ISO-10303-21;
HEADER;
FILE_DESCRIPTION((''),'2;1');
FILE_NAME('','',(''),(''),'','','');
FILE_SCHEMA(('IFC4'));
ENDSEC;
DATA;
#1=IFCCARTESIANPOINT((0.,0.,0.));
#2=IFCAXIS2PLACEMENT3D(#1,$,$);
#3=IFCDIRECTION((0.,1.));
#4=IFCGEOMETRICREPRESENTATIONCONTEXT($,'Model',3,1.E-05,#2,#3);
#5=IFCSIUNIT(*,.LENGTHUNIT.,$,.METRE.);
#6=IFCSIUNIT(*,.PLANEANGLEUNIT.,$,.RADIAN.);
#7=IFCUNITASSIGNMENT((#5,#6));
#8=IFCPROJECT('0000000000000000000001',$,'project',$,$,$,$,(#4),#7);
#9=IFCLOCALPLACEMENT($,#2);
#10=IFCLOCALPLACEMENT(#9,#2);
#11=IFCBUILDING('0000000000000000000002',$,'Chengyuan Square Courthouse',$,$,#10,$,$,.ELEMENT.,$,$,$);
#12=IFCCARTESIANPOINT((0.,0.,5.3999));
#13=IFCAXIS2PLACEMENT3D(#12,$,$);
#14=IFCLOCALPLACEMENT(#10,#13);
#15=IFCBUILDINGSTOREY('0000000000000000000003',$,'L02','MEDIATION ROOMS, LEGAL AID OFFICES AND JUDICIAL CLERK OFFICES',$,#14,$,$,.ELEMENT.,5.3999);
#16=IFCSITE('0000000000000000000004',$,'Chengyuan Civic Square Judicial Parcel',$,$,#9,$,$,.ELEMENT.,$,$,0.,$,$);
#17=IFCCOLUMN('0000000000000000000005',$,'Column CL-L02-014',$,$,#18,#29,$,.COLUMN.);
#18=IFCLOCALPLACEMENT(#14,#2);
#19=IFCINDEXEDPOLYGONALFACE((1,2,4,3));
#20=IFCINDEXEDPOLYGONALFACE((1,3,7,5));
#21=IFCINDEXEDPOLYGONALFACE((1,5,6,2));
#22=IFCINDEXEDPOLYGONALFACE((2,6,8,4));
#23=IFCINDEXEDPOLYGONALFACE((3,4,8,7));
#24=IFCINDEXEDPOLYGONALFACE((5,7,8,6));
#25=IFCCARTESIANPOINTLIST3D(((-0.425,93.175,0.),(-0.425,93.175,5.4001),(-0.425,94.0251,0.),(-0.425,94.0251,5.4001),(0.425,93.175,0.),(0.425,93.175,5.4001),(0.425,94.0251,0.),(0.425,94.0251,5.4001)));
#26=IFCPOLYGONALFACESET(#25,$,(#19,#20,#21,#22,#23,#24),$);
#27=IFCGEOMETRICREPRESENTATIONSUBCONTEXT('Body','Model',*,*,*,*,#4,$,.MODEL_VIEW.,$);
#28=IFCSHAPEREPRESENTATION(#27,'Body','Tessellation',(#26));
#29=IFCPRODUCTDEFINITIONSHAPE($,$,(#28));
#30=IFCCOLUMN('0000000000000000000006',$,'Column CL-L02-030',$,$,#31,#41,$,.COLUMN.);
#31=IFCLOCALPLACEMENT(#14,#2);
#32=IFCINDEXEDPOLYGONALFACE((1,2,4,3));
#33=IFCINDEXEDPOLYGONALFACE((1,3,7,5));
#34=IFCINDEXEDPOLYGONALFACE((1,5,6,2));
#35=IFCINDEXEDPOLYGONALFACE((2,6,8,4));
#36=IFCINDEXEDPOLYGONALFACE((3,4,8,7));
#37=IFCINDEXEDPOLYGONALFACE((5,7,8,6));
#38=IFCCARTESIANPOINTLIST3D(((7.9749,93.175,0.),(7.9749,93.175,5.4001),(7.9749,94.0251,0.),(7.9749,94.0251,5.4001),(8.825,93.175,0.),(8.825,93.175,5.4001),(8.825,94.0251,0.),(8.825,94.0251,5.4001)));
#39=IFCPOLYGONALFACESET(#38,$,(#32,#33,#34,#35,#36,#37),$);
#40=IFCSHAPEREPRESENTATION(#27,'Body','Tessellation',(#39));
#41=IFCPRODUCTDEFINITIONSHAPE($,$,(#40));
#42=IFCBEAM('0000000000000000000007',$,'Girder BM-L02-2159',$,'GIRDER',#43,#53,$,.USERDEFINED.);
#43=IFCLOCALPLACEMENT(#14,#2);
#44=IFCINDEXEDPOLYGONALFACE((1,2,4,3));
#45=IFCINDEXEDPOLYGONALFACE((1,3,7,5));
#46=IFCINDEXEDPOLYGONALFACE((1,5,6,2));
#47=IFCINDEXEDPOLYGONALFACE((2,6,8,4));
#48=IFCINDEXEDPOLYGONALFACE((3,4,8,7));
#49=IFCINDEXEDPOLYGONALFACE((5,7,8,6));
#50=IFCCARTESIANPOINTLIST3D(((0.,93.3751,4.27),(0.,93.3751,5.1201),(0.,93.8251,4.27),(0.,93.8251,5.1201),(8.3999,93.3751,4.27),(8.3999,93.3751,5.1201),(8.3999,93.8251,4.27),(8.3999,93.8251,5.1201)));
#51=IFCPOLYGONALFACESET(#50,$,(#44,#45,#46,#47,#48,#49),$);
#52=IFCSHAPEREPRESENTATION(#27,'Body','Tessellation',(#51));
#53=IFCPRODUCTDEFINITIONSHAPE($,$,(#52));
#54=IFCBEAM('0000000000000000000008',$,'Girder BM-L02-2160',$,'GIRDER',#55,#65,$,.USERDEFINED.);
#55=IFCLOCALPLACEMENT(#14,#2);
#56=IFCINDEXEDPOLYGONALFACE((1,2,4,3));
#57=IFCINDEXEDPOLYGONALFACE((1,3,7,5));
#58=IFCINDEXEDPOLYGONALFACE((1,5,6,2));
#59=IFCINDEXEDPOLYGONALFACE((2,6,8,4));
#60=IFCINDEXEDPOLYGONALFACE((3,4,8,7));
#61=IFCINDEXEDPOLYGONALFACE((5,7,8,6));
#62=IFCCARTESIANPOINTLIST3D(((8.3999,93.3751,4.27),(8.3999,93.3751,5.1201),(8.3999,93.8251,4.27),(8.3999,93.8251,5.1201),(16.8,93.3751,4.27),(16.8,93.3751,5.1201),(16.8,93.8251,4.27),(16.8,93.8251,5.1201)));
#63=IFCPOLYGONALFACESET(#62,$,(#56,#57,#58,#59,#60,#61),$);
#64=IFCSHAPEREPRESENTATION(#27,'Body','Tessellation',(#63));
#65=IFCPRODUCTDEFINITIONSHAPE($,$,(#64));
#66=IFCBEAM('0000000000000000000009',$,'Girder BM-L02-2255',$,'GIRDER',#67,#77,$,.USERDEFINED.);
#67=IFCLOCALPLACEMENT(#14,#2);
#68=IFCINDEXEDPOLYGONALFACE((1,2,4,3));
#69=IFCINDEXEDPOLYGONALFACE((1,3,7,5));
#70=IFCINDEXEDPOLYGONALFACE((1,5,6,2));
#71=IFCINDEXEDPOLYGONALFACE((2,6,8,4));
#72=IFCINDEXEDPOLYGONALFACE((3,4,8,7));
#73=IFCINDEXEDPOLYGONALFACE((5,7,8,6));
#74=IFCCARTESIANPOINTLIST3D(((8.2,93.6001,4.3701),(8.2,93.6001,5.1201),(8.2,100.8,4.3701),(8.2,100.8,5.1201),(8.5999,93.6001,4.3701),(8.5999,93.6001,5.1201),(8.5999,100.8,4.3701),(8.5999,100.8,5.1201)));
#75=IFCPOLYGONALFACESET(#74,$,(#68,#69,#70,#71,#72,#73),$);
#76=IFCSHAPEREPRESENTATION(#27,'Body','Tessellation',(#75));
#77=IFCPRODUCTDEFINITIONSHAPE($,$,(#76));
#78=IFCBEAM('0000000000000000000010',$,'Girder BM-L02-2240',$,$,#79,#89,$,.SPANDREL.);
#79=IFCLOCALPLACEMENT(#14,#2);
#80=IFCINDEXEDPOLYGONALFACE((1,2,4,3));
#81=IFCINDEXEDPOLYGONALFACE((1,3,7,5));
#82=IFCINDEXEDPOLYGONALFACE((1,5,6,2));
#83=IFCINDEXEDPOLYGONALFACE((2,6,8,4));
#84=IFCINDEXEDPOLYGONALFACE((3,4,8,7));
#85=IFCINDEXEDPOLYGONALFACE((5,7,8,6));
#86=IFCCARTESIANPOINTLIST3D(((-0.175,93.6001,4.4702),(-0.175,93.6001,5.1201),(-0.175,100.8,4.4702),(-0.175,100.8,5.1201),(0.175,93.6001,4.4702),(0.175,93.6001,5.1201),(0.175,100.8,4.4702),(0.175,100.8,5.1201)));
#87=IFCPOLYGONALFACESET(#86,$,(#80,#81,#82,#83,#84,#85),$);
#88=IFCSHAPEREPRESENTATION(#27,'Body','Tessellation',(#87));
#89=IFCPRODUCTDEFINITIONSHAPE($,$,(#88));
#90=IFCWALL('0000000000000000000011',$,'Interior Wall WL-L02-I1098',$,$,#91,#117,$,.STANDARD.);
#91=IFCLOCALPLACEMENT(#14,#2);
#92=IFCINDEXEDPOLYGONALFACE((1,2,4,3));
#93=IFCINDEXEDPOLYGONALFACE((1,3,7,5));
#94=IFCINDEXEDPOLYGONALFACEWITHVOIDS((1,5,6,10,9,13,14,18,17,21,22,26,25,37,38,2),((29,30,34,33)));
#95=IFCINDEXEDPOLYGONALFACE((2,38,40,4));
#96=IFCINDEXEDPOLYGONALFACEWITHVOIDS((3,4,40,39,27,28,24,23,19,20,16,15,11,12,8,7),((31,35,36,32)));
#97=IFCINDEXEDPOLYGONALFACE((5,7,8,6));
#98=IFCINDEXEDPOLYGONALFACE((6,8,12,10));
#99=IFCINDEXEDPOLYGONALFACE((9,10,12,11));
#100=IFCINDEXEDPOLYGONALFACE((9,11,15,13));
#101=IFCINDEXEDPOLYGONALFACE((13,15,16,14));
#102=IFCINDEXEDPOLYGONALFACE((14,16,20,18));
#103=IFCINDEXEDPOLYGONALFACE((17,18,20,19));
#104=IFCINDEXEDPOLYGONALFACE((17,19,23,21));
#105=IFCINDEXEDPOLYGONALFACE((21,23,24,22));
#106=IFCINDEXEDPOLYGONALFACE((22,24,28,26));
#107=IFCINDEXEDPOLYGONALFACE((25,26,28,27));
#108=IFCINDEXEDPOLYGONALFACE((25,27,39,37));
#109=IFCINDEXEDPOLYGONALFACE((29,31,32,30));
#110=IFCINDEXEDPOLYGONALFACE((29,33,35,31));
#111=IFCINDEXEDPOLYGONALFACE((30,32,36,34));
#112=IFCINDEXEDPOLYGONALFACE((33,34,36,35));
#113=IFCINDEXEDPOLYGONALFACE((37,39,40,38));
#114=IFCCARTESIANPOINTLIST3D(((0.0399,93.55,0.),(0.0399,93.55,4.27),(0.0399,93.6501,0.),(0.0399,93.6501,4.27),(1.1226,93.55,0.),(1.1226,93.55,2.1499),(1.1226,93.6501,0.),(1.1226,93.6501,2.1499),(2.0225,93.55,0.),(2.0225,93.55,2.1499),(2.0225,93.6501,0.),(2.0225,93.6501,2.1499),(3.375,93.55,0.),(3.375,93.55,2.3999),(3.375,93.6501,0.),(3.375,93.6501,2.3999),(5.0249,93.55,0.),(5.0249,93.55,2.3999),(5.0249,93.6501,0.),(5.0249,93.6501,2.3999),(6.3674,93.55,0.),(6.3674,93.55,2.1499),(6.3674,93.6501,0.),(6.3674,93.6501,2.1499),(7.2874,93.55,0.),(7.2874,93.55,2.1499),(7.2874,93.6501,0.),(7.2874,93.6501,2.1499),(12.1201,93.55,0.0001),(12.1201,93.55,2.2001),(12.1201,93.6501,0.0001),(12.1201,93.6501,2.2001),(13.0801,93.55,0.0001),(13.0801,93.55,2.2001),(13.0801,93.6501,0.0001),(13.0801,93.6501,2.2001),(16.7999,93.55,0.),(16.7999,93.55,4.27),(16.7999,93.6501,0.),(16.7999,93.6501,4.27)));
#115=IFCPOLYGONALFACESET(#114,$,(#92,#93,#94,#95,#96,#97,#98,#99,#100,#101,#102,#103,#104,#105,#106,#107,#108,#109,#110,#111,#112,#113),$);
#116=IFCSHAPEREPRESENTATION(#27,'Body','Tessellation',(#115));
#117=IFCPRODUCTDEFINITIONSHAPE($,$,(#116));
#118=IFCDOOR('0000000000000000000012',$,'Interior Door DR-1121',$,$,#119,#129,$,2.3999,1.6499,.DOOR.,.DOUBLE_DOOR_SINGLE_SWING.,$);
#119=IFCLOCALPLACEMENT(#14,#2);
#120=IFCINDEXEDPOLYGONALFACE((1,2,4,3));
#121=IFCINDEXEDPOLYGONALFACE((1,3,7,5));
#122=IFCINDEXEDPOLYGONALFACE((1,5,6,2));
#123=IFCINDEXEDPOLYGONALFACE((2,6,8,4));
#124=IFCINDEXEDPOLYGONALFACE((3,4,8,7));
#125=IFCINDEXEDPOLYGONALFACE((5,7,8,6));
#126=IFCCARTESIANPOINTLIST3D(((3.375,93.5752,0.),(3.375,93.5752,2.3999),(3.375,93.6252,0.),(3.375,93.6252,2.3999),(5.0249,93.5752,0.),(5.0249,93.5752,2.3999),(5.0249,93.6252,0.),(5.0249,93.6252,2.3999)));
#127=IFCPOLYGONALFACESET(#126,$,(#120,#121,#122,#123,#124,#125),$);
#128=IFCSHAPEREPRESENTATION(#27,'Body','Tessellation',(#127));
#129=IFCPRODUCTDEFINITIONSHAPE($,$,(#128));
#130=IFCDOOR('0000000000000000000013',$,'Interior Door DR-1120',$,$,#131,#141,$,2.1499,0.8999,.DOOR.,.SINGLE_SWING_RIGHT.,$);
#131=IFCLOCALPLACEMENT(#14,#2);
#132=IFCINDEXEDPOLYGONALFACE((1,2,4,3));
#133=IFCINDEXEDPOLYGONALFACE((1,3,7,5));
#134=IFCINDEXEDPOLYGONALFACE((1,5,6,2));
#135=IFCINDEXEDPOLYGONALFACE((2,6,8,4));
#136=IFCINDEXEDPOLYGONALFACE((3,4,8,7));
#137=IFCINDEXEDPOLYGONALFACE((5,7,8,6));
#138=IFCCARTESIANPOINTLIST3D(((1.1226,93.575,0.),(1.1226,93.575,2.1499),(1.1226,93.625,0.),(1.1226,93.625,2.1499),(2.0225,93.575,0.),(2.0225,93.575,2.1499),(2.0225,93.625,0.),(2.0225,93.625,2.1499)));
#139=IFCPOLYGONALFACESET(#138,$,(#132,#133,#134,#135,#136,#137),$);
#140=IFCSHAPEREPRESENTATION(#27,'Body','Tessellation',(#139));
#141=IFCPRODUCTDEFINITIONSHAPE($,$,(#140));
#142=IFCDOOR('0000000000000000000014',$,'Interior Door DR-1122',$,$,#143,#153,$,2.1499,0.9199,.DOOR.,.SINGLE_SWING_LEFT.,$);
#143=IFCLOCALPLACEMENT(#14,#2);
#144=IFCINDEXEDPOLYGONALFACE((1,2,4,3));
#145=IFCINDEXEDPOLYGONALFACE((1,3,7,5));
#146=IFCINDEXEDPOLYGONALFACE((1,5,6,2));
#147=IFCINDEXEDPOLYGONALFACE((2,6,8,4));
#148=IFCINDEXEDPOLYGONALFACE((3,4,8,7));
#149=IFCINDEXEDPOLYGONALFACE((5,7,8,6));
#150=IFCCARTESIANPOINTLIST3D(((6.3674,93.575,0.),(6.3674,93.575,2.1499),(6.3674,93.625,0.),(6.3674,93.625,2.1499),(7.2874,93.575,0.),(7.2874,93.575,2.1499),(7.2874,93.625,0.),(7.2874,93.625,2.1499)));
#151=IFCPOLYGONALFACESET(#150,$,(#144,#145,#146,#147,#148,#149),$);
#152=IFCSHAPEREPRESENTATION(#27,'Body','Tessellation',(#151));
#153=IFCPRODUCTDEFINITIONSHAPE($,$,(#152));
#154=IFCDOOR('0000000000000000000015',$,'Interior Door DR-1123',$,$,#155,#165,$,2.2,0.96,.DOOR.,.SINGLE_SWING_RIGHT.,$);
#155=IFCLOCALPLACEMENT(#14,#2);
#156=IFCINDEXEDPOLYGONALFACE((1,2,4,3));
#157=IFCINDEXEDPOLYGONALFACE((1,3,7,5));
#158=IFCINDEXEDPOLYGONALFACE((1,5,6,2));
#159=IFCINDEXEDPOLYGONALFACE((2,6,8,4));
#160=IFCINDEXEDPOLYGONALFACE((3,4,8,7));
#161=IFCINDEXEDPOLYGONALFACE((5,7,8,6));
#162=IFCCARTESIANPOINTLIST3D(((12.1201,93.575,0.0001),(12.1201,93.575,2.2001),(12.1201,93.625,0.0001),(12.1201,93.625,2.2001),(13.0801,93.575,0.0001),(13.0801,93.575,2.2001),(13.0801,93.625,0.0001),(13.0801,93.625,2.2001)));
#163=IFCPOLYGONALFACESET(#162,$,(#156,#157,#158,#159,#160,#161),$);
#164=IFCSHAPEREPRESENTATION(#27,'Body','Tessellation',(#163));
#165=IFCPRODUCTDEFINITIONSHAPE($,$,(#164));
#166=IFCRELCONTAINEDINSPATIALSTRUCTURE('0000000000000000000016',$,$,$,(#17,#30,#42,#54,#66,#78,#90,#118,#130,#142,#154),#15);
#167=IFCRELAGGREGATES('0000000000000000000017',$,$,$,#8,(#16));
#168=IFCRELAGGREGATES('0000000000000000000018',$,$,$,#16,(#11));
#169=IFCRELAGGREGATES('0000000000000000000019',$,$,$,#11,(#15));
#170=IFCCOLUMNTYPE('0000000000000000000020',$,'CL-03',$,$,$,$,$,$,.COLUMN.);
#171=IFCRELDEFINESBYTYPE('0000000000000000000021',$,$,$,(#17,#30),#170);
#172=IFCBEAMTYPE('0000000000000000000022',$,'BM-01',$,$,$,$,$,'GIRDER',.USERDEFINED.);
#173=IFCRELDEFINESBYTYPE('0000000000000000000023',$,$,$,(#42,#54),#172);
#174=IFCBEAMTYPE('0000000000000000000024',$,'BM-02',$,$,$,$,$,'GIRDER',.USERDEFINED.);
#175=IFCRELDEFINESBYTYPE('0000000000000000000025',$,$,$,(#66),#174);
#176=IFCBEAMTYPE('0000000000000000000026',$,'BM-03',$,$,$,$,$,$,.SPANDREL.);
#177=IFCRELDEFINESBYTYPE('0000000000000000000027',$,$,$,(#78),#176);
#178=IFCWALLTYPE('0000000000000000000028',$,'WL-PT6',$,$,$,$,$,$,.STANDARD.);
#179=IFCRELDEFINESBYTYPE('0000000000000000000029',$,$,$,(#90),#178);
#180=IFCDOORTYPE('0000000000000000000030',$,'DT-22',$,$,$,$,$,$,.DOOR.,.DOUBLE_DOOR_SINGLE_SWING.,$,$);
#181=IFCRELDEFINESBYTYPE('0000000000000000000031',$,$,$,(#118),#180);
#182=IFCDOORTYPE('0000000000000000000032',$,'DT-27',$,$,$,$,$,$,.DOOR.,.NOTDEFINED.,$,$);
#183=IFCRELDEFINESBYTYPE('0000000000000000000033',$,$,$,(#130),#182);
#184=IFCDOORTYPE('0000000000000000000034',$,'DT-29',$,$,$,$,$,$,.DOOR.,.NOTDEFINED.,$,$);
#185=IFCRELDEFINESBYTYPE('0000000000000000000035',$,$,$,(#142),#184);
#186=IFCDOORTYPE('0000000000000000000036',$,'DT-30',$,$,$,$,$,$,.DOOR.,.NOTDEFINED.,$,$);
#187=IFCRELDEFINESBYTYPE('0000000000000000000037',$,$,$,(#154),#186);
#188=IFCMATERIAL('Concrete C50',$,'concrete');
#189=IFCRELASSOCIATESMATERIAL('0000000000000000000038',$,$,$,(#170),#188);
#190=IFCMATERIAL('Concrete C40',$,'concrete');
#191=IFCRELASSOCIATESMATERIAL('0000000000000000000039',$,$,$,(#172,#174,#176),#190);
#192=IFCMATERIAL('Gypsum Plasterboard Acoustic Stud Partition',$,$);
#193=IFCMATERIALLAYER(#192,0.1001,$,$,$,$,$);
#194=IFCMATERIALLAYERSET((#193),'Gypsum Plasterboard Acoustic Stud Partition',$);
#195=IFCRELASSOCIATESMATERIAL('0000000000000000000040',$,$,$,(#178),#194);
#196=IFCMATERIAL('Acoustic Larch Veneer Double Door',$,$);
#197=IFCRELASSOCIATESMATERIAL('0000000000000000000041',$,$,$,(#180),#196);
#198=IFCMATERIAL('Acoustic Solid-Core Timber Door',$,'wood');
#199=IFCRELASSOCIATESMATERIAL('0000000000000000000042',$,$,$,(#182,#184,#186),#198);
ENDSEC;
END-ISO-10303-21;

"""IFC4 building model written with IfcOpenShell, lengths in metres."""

from ifc_helpers import new_model, si_unit, direction, frame, frame_2d, origin, origin_2d, place, context, subcontext, project, spatial, rectangle, extrude, material, layer, layer_set, material_profile, profile_set, type_object, element, fill, save


model = new_model("IFC4")

# Units and contexts
model_context = context("Model", 3, precision=1e-05, world=origin(), true_north=direction((0.0, 1.0)))
body_context = subcontext(model_context, "Body", "Model", "MODEL_VIEW")
ifc_project = project(units=[si_unit("LENGTHUNIT", "METRE"), si_unit("PLANEANGLEUNIT", "RADIAN")], contexts=[model_context])

# Site, building, storey
site_placement = place(None, origin())
site = spatial("IfcSite", under=ifc_project, at=site_placement, Name="Chengyuan Civic Square Judicial Parcel", CompositionType="ELEMENT", RefElevation=0.0)
building_placement = place(site_placement, origin())
building = spatial("IfcBuilding", under=site, at=building_placement, Name="Chengyuan Square Courthouse", CompositionType="ELEMENT")
storey_placement = place(building_placement, frame((0.0, 0.0, 5.3999)))
storey = spatial("IfcBuildingStorey", under=building, at=storey_placement, Name="L02", Description="MEDIATION ROOMS, LEGAL AID OFFICES AND JUDICIAL CLERK OFFICES", CompositionType="ELEMENT", Elevation=5.3999)

# Columns
ifc_material_1 = material(Name="Concrete C50", Category="concrete")
ifc_material_profile_1 = material_profile(ifc_material_1, rectangle(XDim=0.8501, YDim=0.8501, at=origin_2d()), Name="RC-COL-850x850")
ifc_profile_set_1 = profile_set([ifc_material_profile_1], Name="Concrete C50")
column_type = type_object("IfcColumnType", Name="CL-03", PredefinedType="COLUMN", material=ifc_profile_set_1)
for number, where, z_axis, x_axis, name in (
    (1, (0.0, 93.6001, 0.0), (0.0, 0.0, 1.0), (1.0, 0.0, 0.0), "Column CL-L02-014"),
    (2, (8.3999, 93.6001, 0.0), (0.0, 0.0, 1.0), (1.0, 0.0, 0.0), "Column CL-L02-030"),
):
    element("IfcColumn", number, at=place(storey_placement, frame(where, z_axis=z_axis, x_axis=x_axis)), inside=storey, type_object=column_type, Name=name, PredefinedType="COLUMN", context=body_context, shape_type="SweptSolid", body=[
        extrude(rectangle(XDim=0.8501, YDim=0.8501, at=origin_2d()), origin(), (0.0, 0.0, 1.0), 5.4001),
    ])

# Beams
ifc_material_2 = material(Name="Concrete C40", Category="concrete")
ifc_material_profile_2 = material_profile(ifc_material_2, rectangle(XDim=0.45, YDim=0.8501, at=origin_2d()), Name="RC-BM-450x850")
ifc_profile_set_2 = profile_set([ifc_material_profile_2], Name="Concrete C40")
beam_type_1 = type_object("IfcBeamType", Name="BM-01", ElementType="GIRDER", PredefinedType="USERDEFINED", material=ifc_profile_set_2)
beam_1_placement = place(storey_placement, frame((0.0, 93.6001, 4.6951), z_axis=(1.0, 0.0, 0.0), x_axis=(0.0, 1.0, 0.0)))
element("IfcBeam", 3, at=beam_1_placement, inside=storey, type_object=beam_type_1, Name="Girder BM-L02-2159", ObjectType="GIRDER", PredefinedType="USERDEFINED", context=body_context, shape_type="SweptSolid", body=[
    extrude(rectangle(XDim=0.45, YDim=0.8501, at=origin_2d()), origin(), (0.0, 0.0, 1.0), 8.3999),
])
beam_2_placement = place(storey_placement, frame((8.3999, 93.6001, 4.6951), z_axis=(1.0, 0.0, 0.0), x_axis=(0.0, 1.0, 0.0)))
element("IfcBeam", 4, at=beam_2_placement, inside=storey, type_object=beam_type_1, Name="Girder BM-L02-2160", ObjectType="GIRDER", PredefinedType="USERDEFINED", context=body_context, shape_type="SweptSolid", body=[
    extrude(rectangle(XDim=0.45, YDim=0.8501, at=origin_2d()), origin(), (0.0, 0.0, 1.0), 8.4001),
])
ifc_material_profile_3 = material_profile(ifc_material_2, rectangle(XDim=0.3999, YDim=0.75, at=origin_2d()), Name="RC-BM-400x750")
ifc_profile_set_3 = profile_set([ifc_material_profile_3], Name="Concrete C40")
beam_type_2 = type_object("IfcBeamType", Name="BM-02", ElementType="GIRDER", PredefinedType="USERDEFINED", material=ifc_profile_set_3)
beam_3_placement = place(storey_placement, frame((8.3999, 93.6001, 4.7451), z_axis=(0.0, 1.0, 0.0), x_axis=(-1.0, 0.0, 0.0)))
element("IfcBeam", 5, at=beam_3_placement, inside=storey, type_object=beam_type_2, Name="Girder BM-L02-2255", ObjectType="GIRDER", PredefinedType="USERDEFINED", context=body_context, shape_type="SweptSolid", body=[
    extrude(rectangle(XDim=0.3999, YDim=0.75, at=origin_2d()), origin(), (0.0, 0.0, 1.0), 7.2),
])
ifc_material_profile_4 = material_profile(ifc_material_2, rectangle(XDim=0.3501, YDim=0.6499, at=origin_2d()), Name="RC-BM-350x650")
ifc_profile_set_4 = profile_set([ifc_material_profile_4], Name="Concrete C40")
beam_type_3 = type_object("IfcBeamType", Name="BM-03", PredefinedType="SPANDREL", material=ifc_profile_set_4)
beam_4_placement = place(storey_placement, frame((0.0, 93.6001, 4.7952), z_axis=(0.0, 1.0, 0.0), x_axis=(-1.0, 0.0, 0.0)))
element("IfcBeam", 6, at=beam_4_placement, inside=storey, type_object=beam_type_3, Name="Girder BM-L02-2240", PredefinedType="SPANDREL", context=body_context, shape_type="SweptSolid", body=[
    extrude(rectangle(XDim=0.3501, YDim=0.6499, at=origin_2d()), origin(), (0.0, 0.0, 1.0), 7.2),
])

# Wall, openings, doors
ifc_material_3 = material(Name="Gypsum Plasterboard Acoustic Stud Partition")
ifc_layer = layer(ifc_material_3, 0.1001)
ifc_layer_set = layer_set([ifc_layer], Name="Gypsum Plasterboard Acoustic Stud Partition")
wall_type = type_object("IfcWallType", Name="WL-PT6", PredefinedType="STANDARD", material=ifc_layer_set)
wall_placement = place(storey_placement, frame((0.04, 93.6001, 0.0), z_axis=(0.0, 0.0, 1.0), x_axis=(1.0, 0.0, 0.0)))
wall = element("IfcWall", 7, at=wall_placement, inside=storey, type_object=wall_type, Name="Interior Wall WL-L02-I1098", PredefinedType="STANDARD", context=body_context, shape_type="SweptSolid", body=[
    extrude(rectangle(XDim=16.76, YDim=0.1001, at=frame_2d((8.3799, 0.0))), origin(), (0.0, 0.0, 1.0), 4.27),
])
opening_1_placement = place(wall_placement, frame((1.0825, 0.0, 0.0)))
opening_1 = element("IfcOpeningElement", 8, at=opening_1_placement, cuts=wall, PredefinedType="OPENING", context=body_context, shape_type="SweptSolid", body=[
    extrude(rectangle(XDim=0.8999, YDim=2.1499, at=frame_2d((0.45, 1.075))), frame((0.0, 0.062, 0.0), z_axis=(0.0, -1.0, 0.0), x_axis=(1.0, 0.0, 0.0)), (0.0, 0.0, 1.0), 0.124),
])
opening_2_placement = place(wall_placement, frame((3.335, 0.0, 0.0)))
opening_2 = element("IfcOpeningElement", 9, at=opening_2_placement, cuts=wall, PredefinedType="OPENING", context=body_context, shape_type="SweptSolid", body=[
    extrude(rectangle(XDim=1.6499, YDim=2.3999, at=frame_2d((0.825, 1.2))), frame((0.0, 0.062, 0.0), z_axis=(0.0, -1.0, 0.0), x_axis=(1.0, 0.0, 0.0)), (0.0, 0.0, 1.0), 0.124),
])
opening_3_placement = place(wall_placement, frame((6.3274, 0.0, 0.0)))
opening_3 = element("IfcOpeningElement", 10, at=opening_3_placement, cuts=wall, PredefinedType="OPENING", context=body_context, shape_type="SweptSolid", body=[
    extrude(rectangle(XDim=0.9199, YDim=2.1499, at=frame_2d((0.46, 1.075))), frame((0.0, 0.062, 0.0), z_axis=(0.0, -1.0, 0.0), x_axis=(1.0, 0.0, 0.0)), (0.0, 0.0, 1.0), 0.124),
])
opening_4_placement = place(wall_placement, frame((12.0801, 0.0, 0.0)))
opening_4 = element("IfcOpeningElement", 11, at=opening_4_placement, cuts=wall, PredefinedType="OPENING", context=body_context, shape_type="SweptSolid", body=[
    extrude(rectangle(XDim=0.96, YDim=2.2, at=frame_2d((0.48, 1.1001))), frame((0.0, 0.062, 0.0), z_axis=(0.0, -1.0, 0.0), x_axis=(1.0, 0.0, 0.0)), (0.0, 0.0, 1.0), 0.124),
])
ifc_material_4 = material(Name="Acoustic Larch Veneer Double Door")
door_type_1 = type_object("IfcDoorType", Name="DT-22", OperationType="DOUBLE_DOOR_SINGLE_SWING", PredefinedType="DOOR", material=ifc_material_4)
door_1_placement = place(opening_2_placement, frame((1.6499, 0.0, 0.0), z_axis=(0.0, 0.0, 1.0), x_axis=(-1.0, 0.0, 0.0)))
door_1 = element("IfcDoor", 12, at=door_1_placement, inside=storey, type_object=door_type_1, Name="Interior Door DR-1121", OperationType="DOUBLE_DOOR_SINGLE_SWING", OverallHeight=2.3999, OverallWidth=1.6499, PredefinedType="DOOR", context=body_context, shape_type="SweptSolid", body=[
    extrude(rectangle(XDim=1.6499, YDim=2.3999, at=frame_2d((0.825, 1.2))), frame((0.0, 0.0249, 0.0), z_axis=(0.0, -1.0, 0.0), x_axis=(1.0, 0.0, 0.0)), (0.0, 0.0, 1.0), 0.05),
])
fill(opening_2, door_1)
ifc_material_5 = material(Name="Acoustic Solid-Core Timber Door", Category="wood")
door_type_2 = type_object("IfcDoorType", Name="DT-27", OperationType="NOTDEFINED", PredefinedType="DOOR", material=ifc_material_5)
door_2_placement = place(opening_1_placement, origin())
door_2 = element("IfcDoor", 13, at=door_2_placement, inside=storey, type_object=door_type_2, Name="Interior Door DR-1120", OperationType="SINGLE_SWING_RIGHT", OverallHeight=2.1499, OverallWidth=0.8999, PredefinedType="DOOR", context=body_context, shape_type="SweptSolid", body=[
    extrude(rectangle(XDim=0.8999, YDim=2.1499, at=frame_2d((0.45, 1.075))), frame((0.0, 0.0249, 0.0), z_axis=(0.0, -1.0, 0.0), x_axis=(1.0, 0.0, 0.0)), (0.0, 0.0, 1.0), 0.05),
])
fill(opening_1, door_2)
door_type_3 = type_object("IfcDoorType", Name="DT-29", OperationType="NOTDEFINED", PredefinedType="DOOR", material=ifc_material_5)
door_3_placement = place(opening_3_placement, origin())
door_3 = element("IfcDoor", 14, at=door_3_placement, inside=storey, type_object=door_type_3, Name="Interior Door DR-1122", OperationType="SINGLE_SWING_LEFT", OverallHeight=2.1499, OverallWidth=0.9199, PredefinedType="DOOR", context=body_context, shape_type="SweptSolid", body=[
    extrude(rectangle(XDim=0.9199, YDim=2.1499, at=frame_2d((0.46, 1.075))), frame((0.0, 0.0249, 0.0), z_axis=(0.0, -1.0, 0.0), x_axis=(1.0, 0.0, 0.0)), (0.0, 0.0, 1.0), 0.05),
])
fill(opening_3, door_3)
door_type_4 = type_object("IfcDoorType", Name="DT-30", OperationType="NOTDEFINED", PredefinedType="DOOR", material=ifc_material_5)
door_4_placement = place(opening_4_placement, origin())
door_4 = element("IfcDoor", 15, at=door_4_placement, inside=storey, type_object=door_type_4, Name="Interior Door DR-1123", OperationType="SINGLE_SWING_RIGHT", OverallHeight=2.2, OverallWidth=0.96, PredefinedType="DOOR", context=body_context, shape_type="SweptSolid", body=[
    extrude(rectangle(XDim=0.96, YDim=2.2, at=frame_2d((0.48, 1.1001))), frame((0.0, 0.0249, 0.0), z_axis=(0.0, -1.0, 0.0), x_axis=(1.0, 0.0, 0.0)), (0.0, 0.0, 1.0), 0.05),
])
fill(opening_4, door_4)

save(model, "model.ifc")
